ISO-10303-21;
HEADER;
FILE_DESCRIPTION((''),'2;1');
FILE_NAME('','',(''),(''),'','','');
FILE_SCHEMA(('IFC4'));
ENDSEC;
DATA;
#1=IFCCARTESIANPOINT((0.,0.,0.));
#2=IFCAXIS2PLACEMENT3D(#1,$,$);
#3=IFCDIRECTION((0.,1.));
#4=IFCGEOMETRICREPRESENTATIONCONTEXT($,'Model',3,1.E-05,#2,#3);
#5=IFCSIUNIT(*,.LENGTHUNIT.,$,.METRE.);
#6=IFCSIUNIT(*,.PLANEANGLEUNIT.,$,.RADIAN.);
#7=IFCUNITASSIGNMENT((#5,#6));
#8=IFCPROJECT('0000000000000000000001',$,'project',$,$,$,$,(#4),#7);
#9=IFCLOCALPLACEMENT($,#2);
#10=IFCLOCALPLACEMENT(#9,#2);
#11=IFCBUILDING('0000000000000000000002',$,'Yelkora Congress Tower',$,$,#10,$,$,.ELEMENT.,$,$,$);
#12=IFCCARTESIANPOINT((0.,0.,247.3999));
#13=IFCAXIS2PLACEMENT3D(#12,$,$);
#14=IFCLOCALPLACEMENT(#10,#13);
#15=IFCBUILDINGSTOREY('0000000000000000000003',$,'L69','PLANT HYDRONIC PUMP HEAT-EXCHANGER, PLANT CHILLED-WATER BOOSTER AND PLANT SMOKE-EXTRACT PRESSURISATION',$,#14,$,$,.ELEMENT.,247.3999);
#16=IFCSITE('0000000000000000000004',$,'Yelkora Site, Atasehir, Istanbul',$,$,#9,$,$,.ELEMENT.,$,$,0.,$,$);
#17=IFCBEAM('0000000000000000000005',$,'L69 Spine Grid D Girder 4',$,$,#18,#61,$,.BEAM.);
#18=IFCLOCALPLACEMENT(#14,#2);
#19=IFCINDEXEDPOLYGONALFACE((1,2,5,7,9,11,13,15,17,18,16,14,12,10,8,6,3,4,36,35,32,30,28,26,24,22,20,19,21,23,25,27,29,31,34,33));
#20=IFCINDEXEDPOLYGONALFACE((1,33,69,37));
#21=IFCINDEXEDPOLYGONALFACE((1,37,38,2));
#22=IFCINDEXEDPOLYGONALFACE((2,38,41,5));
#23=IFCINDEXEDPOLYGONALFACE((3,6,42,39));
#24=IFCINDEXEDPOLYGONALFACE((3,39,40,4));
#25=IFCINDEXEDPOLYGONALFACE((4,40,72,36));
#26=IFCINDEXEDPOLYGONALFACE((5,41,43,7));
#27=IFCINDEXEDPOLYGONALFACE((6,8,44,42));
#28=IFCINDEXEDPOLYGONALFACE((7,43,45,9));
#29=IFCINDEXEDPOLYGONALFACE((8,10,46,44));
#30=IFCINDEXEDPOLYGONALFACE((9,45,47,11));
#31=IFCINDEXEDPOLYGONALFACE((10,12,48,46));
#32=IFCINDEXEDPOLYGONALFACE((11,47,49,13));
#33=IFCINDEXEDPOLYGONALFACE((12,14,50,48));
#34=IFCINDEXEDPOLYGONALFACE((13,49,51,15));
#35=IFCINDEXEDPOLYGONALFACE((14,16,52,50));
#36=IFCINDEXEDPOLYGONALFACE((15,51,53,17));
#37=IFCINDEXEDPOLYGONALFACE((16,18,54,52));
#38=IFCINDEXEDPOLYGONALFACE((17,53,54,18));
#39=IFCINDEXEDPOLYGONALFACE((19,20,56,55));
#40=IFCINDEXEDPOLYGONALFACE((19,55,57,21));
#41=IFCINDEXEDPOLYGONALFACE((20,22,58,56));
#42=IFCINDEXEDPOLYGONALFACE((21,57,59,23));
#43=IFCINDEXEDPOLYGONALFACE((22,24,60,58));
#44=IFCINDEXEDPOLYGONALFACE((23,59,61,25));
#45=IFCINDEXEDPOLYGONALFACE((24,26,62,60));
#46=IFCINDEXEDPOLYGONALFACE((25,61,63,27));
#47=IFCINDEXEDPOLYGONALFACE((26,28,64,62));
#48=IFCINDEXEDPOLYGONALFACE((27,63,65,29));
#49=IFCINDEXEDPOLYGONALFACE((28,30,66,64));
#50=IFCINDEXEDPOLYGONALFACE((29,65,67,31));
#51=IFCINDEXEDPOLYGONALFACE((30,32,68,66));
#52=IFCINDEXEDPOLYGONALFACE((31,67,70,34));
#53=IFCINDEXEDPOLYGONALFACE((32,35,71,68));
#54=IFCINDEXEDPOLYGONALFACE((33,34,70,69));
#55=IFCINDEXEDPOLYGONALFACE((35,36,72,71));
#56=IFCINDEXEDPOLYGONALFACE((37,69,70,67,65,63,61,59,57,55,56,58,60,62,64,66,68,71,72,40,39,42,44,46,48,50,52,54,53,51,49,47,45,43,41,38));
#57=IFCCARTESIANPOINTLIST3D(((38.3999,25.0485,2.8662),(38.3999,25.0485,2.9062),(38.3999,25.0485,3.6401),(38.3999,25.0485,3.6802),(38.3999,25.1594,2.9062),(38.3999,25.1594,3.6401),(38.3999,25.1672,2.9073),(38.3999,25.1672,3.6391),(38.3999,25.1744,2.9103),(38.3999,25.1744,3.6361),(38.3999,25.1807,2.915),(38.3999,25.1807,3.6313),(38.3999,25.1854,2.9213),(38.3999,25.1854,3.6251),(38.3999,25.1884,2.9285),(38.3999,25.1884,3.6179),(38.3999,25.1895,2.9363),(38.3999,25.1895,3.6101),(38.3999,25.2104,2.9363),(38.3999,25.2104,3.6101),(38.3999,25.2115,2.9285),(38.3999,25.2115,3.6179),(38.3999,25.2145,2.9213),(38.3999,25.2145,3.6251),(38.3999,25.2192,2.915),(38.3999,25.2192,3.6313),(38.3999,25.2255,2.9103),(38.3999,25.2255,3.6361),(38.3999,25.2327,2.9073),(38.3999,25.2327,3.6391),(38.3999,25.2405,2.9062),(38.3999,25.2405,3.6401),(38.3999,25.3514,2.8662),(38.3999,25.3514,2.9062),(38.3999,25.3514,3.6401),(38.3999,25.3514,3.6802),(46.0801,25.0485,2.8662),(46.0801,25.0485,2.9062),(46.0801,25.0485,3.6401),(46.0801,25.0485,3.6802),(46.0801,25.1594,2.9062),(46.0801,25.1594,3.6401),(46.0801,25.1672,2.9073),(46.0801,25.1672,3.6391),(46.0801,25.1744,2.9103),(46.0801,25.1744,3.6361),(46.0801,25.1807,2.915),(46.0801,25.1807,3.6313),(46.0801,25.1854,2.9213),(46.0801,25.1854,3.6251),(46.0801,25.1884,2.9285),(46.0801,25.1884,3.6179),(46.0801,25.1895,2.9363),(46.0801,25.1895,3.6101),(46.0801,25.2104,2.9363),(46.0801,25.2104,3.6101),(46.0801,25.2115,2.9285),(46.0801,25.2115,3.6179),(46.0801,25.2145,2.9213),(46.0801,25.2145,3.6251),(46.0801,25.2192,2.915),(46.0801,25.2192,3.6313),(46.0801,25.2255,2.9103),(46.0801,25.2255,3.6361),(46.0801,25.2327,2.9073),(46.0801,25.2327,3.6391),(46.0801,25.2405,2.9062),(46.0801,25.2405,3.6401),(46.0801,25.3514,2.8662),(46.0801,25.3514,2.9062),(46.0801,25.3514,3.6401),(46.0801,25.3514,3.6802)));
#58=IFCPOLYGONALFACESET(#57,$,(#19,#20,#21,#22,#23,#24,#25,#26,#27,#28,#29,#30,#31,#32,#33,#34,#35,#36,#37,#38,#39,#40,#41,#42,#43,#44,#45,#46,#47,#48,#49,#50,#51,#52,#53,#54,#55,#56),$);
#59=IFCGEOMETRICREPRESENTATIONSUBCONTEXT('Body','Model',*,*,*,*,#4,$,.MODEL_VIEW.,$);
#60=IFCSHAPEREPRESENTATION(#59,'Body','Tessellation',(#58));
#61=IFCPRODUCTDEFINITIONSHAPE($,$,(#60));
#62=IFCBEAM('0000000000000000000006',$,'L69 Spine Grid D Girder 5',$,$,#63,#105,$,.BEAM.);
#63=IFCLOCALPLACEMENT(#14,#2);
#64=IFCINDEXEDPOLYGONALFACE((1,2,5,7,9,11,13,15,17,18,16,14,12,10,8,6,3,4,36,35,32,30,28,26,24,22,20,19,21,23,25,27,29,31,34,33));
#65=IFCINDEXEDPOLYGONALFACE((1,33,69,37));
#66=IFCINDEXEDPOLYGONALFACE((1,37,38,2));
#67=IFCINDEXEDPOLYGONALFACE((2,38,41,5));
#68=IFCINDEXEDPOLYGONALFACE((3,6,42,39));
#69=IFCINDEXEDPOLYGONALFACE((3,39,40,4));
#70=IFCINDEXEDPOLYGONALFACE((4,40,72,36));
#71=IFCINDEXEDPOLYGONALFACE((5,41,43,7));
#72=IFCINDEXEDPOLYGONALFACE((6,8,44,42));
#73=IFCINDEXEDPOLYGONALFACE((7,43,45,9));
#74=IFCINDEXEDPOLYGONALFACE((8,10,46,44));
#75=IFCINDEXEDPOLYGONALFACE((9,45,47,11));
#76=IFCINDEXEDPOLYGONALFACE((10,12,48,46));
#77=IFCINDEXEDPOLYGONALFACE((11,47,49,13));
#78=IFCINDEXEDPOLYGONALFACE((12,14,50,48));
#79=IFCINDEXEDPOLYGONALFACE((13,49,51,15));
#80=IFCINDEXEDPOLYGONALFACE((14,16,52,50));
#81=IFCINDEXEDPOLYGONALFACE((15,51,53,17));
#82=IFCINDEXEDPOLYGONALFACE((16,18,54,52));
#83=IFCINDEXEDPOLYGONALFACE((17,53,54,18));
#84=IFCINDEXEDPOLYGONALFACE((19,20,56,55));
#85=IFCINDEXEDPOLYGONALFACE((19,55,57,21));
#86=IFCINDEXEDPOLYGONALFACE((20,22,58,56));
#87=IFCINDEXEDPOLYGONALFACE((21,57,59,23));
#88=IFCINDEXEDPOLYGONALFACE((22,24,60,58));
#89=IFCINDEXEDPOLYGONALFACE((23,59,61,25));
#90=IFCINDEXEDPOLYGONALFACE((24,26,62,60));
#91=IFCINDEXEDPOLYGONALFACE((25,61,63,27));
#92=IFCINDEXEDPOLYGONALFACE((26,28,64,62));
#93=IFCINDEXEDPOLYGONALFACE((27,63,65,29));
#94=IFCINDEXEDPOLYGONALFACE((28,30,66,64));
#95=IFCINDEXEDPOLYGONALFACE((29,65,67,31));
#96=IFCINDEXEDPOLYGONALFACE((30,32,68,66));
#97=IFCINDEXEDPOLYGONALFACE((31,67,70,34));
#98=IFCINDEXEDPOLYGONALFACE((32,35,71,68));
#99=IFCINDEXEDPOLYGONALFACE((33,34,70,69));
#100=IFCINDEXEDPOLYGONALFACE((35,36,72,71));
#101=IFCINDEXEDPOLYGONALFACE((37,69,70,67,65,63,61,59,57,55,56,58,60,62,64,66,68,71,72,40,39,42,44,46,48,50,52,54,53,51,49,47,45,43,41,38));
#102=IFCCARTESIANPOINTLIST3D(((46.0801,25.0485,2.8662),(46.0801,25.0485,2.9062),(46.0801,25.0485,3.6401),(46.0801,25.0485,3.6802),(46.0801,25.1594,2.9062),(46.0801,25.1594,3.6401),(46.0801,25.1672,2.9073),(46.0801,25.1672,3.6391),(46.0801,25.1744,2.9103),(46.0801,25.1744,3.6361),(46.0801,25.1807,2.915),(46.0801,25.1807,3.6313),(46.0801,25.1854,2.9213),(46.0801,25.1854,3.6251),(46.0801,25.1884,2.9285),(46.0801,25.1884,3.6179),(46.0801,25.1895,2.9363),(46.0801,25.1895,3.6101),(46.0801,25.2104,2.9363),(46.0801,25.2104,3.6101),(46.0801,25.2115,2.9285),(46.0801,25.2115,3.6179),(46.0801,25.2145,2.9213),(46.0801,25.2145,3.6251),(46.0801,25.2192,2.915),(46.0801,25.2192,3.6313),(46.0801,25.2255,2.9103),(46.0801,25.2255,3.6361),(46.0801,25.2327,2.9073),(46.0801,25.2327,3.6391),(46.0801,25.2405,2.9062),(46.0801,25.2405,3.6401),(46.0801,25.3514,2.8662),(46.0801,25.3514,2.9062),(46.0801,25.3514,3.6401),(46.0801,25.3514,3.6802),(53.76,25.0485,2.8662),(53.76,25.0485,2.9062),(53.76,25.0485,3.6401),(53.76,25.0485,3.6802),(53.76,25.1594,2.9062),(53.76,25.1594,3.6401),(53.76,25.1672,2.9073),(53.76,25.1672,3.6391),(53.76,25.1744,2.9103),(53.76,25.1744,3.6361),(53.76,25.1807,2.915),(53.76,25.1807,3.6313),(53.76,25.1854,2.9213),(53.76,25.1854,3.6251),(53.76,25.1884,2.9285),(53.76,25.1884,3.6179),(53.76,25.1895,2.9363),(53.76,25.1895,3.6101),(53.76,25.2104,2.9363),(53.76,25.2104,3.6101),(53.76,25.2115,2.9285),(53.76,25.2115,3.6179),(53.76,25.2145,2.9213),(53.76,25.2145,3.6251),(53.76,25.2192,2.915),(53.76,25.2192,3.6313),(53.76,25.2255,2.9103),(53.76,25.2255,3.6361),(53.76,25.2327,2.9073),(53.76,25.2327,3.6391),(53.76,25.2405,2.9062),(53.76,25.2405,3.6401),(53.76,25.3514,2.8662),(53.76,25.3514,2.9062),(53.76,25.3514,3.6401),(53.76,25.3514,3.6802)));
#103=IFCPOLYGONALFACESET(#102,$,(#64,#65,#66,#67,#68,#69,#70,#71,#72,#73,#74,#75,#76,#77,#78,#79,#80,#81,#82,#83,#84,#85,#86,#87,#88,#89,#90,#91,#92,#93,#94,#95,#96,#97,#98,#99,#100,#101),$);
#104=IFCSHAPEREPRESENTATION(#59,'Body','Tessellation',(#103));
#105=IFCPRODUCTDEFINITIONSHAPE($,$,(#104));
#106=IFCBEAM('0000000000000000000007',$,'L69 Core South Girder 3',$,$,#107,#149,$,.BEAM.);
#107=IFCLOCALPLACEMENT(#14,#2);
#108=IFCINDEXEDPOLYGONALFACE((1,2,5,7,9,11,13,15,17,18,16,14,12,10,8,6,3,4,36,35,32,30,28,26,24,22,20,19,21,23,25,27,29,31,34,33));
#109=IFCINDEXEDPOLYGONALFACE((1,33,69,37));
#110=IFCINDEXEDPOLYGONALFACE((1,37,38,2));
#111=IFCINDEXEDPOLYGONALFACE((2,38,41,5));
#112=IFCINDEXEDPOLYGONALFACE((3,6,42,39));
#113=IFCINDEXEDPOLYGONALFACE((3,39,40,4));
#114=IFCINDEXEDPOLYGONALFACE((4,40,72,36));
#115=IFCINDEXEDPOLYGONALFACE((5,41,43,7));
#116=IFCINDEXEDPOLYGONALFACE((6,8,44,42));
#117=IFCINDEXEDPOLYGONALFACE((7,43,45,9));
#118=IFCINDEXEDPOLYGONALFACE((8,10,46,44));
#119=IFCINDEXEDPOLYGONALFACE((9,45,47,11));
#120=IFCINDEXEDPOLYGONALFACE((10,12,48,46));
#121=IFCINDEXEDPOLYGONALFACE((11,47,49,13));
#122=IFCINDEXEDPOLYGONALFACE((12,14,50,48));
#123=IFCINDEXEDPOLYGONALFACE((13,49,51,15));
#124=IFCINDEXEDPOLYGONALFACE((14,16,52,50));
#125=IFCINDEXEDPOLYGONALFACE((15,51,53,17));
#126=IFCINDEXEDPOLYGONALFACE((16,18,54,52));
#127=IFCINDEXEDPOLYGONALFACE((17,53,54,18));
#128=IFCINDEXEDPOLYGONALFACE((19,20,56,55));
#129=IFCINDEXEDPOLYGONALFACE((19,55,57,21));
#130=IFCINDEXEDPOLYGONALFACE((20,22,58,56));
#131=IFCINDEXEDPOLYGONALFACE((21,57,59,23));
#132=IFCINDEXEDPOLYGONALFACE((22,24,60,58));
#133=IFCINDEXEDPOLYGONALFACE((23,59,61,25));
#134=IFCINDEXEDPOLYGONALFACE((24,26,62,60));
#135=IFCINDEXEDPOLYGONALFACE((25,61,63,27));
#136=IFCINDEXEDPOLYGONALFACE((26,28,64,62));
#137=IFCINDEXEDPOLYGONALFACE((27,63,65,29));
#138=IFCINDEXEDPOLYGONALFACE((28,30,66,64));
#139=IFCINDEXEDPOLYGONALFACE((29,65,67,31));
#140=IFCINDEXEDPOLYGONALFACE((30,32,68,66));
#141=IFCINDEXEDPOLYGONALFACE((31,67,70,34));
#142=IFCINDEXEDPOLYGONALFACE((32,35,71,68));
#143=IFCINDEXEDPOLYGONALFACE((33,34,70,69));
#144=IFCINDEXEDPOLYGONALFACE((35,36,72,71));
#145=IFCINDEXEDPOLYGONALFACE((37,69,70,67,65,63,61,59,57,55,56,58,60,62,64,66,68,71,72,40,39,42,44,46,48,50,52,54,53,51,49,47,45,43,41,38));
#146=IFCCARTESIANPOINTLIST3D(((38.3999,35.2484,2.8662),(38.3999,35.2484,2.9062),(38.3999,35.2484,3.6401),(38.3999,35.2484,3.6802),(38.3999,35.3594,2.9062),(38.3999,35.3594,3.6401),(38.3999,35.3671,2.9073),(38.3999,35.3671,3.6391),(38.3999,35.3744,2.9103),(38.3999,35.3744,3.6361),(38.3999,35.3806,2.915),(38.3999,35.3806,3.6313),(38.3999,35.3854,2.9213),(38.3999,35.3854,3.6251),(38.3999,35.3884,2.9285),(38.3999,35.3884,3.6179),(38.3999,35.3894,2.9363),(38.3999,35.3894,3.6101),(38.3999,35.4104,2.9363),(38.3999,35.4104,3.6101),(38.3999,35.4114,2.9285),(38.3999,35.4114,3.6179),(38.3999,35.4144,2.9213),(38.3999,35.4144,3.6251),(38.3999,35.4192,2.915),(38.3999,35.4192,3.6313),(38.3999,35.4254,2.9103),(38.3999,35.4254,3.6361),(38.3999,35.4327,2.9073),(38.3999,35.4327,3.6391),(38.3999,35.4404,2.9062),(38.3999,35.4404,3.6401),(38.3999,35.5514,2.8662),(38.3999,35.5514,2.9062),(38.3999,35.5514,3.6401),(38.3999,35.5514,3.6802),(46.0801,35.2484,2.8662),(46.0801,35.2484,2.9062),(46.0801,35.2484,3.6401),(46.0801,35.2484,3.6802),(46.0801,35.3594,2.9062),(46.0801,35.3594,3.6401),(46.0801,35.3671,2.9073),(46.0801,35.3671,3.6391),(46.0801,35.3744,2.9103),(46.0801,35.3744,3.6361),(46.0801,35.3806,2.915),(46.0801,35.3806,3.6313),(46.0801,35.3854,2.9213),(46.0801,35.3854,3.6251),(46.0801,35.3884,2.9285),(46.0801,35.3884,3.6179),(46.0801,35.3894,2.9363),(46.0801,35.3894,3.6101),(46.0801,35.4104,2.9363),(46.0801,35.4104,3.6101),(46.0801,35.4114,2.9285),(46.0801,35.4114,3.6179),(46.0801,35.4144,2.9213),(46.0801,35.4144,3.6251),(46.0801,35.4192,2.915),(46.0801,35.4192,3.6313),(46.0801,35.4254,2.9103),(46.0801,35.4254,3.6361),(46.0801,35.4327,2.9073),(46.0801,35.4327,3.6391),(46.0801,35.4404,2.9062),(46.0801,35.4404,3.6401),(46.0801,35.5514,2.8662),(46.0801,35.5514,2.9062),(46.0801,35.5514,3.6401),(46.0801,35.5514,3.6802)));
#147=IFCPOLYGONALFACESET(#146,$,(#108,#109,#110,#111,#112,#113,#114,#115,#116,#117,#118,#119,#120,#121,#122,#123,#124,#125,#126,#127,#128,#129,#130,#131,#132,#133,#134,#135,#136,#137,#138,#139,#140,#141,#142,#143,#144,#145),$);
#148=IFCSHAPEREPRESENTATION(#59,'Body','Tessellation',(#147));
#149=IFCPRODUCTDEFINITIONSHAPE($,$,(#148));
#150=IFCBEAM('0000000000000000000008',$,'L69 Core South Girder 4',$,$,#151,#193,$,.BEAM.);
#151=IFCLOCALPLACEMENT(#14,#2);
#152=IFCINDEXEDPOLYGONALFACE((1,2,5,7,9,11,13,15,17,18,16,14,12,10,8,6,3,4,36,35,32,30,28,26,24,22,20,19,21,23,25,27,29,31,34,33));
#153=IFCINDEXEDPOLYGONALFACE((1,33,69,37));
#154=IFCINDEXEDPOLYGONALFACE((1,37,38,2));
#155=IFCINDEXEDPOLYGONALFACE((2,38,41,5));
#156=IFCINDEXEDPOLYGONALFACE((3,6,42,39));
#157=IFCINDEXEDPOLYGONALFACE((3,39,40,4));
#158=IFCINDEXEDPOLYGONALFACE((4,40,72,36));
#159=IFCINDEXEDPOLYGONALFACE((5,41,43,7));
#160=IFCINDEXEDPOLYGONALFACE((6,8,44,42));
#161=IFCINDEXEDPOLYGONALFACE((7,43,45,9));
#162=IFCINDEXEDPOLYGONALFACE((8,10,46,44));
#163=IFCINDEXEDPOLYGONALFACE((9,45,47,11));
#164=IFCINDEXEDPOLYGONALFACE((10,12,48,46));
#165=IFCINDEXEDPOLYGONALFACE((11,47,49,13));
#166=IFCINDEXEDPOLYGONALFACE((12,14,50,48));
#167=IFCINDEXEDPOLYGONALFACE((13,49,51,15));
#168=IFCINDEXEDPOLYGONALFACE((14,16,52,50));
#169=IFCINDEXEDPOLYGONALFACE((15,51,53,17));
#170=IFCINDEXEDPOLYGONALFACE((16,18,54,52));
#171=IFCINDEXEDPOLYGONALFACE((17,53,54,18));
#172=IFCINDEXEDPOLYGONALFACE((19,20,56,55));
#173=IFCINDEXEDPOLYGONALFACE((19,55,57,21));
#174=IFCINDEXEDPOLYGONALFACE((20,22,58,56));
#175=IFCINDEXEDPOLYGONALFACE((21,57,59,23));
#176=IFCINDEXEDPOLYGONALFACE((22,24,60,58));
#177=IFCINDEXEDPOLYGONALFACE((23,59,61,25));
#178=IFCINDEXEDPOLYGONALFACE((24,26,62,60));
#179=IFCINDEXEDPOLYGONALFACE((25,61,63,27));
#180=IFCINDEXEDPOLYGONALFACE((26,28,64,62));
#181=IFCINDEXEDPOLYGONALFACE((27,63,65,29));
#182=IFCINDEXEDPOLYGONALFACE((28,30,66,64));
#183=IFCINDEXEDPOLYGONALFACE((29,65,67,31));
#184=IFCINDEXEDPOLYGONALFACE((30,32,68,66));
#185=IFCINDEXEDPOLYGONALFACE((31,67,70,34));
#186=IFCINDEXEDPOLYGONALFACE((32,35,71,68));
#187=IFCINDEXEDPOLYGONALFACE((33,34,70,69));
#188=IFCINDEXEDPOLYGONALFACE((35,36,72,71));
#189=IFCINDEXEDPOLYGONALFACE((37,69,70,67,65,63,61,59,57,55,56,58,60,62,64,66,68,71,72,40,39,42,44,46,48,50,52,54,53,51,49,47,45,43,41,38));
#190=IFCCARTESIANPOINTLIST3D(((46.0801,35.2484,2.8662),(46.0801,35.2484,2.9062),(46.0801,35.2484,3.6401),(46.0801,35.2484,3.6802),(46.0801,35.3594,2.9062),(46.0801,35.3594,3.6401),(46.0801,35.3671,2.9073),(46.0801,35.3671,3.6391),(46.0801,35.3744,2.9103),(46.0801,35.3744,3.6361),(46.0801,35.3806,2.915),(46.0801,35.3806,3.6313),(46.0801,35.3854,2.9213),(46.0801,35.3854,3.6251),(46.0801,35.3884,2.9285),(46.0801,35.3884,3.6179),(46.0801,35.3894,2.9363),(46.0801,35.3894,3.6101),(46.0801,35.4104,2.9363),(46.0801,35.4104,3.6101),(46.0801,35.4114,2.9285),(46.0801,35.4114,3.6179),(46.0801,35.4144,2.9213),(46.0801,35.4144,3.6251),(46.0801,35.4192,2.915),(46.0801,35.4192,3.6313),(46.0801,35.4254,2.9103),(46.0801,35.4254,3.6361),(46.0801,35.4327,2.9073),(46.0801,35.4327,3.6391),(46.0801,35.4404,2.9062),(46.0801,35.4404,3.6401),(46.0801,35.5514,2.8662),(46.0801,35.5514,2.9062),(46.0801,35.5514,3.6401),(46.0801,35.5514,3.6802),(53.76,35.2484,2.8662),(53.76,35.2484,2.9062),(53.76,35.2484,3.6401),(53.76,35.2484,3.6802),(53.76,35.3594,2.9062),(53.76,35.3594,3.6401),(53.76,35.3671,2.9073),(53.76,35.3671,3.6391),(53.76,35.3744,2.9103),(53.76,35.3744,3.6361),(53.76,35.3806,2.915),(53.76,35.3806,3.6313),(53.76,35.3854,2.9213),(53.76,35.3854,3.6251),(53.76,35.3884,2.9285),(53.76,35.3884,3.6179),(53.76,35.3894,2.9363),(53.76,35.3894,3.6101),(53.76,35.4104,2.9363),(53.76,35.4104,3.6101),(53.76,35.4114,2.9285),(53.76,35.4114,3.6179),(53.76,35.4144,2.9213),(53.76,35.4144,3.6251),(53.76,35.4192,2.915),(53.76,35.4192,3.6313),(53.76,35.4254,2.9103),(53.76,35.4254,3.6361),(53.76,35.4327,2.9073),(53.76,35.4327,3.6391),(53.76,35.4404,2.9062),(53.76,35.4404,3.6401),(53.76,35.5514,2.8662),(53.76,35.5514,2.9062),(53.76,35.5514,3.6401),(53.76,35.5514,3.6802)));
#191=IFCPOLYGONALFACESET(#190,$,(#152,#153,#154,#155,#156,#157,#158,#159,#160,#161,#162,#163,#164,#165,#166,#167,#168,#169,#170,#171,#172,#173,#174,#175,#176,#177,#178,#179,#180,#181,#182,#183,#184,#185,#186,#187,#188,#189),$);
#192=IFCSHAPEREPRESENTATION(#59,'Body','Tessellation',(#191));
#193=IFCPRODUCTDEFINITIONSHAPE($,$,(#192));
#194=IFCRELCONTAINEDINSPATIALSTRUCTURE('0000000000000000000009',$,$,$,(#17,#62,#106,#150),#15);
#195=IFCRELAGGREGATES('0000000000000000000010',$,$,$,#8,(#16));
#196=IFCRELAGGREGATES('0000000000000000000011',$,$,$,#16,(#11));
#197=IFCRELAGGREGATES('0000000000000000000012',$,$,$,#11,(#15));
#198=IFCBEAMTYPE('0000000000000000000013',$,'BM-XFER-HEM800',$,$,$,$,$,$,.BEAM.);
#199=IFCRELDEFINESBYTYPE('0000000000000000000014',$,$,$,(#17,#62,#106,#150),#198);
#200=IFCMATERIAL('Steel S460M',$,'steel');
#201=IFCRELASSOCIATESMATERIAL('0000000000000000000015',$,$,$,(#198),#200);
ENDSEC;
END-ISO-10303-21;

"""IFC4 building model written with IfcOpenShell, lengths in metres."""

from ifc_helpers import new_model, si_unit, direction, frame, origin, origin_2d, place, context, subcontext, project, spatial, i_section, extrude, material, material_profile, profile_set, type_object, element, save


model = new_model("IFC4")

# Units and contexts
model_context = context("Model", 3, precision=1e-05, world=origin(), true_north=direction((0.0, 1.0)))
body_context = subcontext(model_context, "Body", "Model", "MODEL_VIEW")
ifc_project = project(units=[si_unit("LENGTHUNIT", "METRE"), si_unit("PLANEANGLEUNIT", "RADIAN")], contexts=[model_context])

# Site, building, storey
site_placement = place(None, origin())
site = spatial("IfcSite", under=ifc_project, at=site_placement, Name="Yelkora Site, Atasehir, Istanbul", CompositionType="ELEMENT", RefElevation=0.0)
building_placement = place(site_placement, origin())
building = spatial("IfcBuilding", under=site, at=building_placement, Name="Yelkora Congress Tower", CompositionType="ELEMENT")
storey_placement = place(building_placement, frame((0.0, 0.0, 247.3999)))
storey = spatial("IfcBuildingStorey", under=building, at=storey_placement, Name="L69", Description="PLANT HYDRONIC PUMP HEAT-EXCHANGER, PLANT CHILLED-WATER BOOSTER AND PLANT SMOKE-EXTRACT PRESSURISATION", CompositionType="ELEMENT", Elevation=247.3999)

# Shared definitions
ifc_material_1 = material(Name="Steel S460M", Category="steel")

# Beams
ifc_material_profile_1 = material_profile(ifc_material_1, i_section(OverallWidth=0.303, OverallDepth=0.814, WebThickness=0.021, FlangeThickness=0.04, FilletRadius=0.03, at=origin_2d()), Name="HEM 800")
ifc_profile_set_1 = profile_set([ifc_material_profile_1], Name="Steel S460M")
beam_type = type_object("IfcBeamType", Name="BM-XFER-HEM800", PredefinedType="BEAM", material=ifc_profile_set_1)
beam_1_placement = place(storey_placement, frame((38.3999, 25.2, 3.2732), z_axis=(1.0, 0.0, 0.0), x_axis=(0.0, 1.0, 0.0)))
element("IfcBeam", 1, at=beam_1_placement, inside=storey, type_object=beam_type, Name="L69 Spine Grid D Girder 4", PredefinedType="BEAM", context=body_context, shape_type="SweptSolid", body=[
    extrude(i_section(OverallWidth=0.303, OverallDepth=0.814, WebThickness=0.021, FlangeThickness=0.04, FilletRadius=0.03, at=origin_2d()), origin(), (0.0, 0.0, 1.0), 7.6802),
])
beam_2_placement = place(storey_placement, frame((46.0801, 25.2, 3.2732), z_axis=(1.0, 0.0, 0.0), x_axis=(0.0, 1.0, 0.0)))
element("IfcBeam", 2, at=beam_2_placement, inside=storey, type_object=beam_type, Name="L69 Spine Grid D Girder 5", PredefinedType="BEAM", context=body_context, shape_type="SweptSolid", body=[
    extrude(i_section(OverallWidth=0.303, OverallDepth=0.814, WebThickness=0.021, FlangeThickness=0.04, FilletRadius=0.03, at=origin_2d()), origin(), (0.0, 0.0, 1.0), 7.6799),
])
beam_3_placement = place(storey_placement, frame((38.3999, 35.3999, 3.2732), z_axis=(1.0, 0.0, 0.0), x_axis=(0.0, 1.0, 0.0)))
element("IfcBeam", 3, at=beam_3_placement, inside=storey, type_object=beam_type, Name="L69 Core South Girder 3", PredefinedType="BEAM", context=body_context, shape_type="SweptSolid", body=[
    extrude(i_section(OverallWidth=0.303, OverallDepth=0.814, WebThickness=0.021, FlangeThickness=0.04, FilletRadius=0.03, at=origin_2d()), origin(), (0.0, 0.0, 1.0), 7.6802),
])
beam_4_placement = place(storey_placement, frame((46.0801, 35.3999, 3.2732), z_axis=(1.0, 0.0, 0.0), x_axis=(0.0, 1.0, 0.0)))
element("IfcBeam", 4, at=beam_4_placement, inside=storey, type_object=beam_type, Name="L69 Core South Girder 4", PredefinedType="BEAM", context=body_context, shape_type="SweptSolid", body=[
    extrude(i_section(OverallWidth=0.303, OverallDepth=0.814, WebThickness=0.021, FlangeThickness=0.04, FilletRadius=0.03, at=origin_2d()), origin(), (0.0, 0.0, 1.0), 7.6799),
])

save(model, "model.ifc")
